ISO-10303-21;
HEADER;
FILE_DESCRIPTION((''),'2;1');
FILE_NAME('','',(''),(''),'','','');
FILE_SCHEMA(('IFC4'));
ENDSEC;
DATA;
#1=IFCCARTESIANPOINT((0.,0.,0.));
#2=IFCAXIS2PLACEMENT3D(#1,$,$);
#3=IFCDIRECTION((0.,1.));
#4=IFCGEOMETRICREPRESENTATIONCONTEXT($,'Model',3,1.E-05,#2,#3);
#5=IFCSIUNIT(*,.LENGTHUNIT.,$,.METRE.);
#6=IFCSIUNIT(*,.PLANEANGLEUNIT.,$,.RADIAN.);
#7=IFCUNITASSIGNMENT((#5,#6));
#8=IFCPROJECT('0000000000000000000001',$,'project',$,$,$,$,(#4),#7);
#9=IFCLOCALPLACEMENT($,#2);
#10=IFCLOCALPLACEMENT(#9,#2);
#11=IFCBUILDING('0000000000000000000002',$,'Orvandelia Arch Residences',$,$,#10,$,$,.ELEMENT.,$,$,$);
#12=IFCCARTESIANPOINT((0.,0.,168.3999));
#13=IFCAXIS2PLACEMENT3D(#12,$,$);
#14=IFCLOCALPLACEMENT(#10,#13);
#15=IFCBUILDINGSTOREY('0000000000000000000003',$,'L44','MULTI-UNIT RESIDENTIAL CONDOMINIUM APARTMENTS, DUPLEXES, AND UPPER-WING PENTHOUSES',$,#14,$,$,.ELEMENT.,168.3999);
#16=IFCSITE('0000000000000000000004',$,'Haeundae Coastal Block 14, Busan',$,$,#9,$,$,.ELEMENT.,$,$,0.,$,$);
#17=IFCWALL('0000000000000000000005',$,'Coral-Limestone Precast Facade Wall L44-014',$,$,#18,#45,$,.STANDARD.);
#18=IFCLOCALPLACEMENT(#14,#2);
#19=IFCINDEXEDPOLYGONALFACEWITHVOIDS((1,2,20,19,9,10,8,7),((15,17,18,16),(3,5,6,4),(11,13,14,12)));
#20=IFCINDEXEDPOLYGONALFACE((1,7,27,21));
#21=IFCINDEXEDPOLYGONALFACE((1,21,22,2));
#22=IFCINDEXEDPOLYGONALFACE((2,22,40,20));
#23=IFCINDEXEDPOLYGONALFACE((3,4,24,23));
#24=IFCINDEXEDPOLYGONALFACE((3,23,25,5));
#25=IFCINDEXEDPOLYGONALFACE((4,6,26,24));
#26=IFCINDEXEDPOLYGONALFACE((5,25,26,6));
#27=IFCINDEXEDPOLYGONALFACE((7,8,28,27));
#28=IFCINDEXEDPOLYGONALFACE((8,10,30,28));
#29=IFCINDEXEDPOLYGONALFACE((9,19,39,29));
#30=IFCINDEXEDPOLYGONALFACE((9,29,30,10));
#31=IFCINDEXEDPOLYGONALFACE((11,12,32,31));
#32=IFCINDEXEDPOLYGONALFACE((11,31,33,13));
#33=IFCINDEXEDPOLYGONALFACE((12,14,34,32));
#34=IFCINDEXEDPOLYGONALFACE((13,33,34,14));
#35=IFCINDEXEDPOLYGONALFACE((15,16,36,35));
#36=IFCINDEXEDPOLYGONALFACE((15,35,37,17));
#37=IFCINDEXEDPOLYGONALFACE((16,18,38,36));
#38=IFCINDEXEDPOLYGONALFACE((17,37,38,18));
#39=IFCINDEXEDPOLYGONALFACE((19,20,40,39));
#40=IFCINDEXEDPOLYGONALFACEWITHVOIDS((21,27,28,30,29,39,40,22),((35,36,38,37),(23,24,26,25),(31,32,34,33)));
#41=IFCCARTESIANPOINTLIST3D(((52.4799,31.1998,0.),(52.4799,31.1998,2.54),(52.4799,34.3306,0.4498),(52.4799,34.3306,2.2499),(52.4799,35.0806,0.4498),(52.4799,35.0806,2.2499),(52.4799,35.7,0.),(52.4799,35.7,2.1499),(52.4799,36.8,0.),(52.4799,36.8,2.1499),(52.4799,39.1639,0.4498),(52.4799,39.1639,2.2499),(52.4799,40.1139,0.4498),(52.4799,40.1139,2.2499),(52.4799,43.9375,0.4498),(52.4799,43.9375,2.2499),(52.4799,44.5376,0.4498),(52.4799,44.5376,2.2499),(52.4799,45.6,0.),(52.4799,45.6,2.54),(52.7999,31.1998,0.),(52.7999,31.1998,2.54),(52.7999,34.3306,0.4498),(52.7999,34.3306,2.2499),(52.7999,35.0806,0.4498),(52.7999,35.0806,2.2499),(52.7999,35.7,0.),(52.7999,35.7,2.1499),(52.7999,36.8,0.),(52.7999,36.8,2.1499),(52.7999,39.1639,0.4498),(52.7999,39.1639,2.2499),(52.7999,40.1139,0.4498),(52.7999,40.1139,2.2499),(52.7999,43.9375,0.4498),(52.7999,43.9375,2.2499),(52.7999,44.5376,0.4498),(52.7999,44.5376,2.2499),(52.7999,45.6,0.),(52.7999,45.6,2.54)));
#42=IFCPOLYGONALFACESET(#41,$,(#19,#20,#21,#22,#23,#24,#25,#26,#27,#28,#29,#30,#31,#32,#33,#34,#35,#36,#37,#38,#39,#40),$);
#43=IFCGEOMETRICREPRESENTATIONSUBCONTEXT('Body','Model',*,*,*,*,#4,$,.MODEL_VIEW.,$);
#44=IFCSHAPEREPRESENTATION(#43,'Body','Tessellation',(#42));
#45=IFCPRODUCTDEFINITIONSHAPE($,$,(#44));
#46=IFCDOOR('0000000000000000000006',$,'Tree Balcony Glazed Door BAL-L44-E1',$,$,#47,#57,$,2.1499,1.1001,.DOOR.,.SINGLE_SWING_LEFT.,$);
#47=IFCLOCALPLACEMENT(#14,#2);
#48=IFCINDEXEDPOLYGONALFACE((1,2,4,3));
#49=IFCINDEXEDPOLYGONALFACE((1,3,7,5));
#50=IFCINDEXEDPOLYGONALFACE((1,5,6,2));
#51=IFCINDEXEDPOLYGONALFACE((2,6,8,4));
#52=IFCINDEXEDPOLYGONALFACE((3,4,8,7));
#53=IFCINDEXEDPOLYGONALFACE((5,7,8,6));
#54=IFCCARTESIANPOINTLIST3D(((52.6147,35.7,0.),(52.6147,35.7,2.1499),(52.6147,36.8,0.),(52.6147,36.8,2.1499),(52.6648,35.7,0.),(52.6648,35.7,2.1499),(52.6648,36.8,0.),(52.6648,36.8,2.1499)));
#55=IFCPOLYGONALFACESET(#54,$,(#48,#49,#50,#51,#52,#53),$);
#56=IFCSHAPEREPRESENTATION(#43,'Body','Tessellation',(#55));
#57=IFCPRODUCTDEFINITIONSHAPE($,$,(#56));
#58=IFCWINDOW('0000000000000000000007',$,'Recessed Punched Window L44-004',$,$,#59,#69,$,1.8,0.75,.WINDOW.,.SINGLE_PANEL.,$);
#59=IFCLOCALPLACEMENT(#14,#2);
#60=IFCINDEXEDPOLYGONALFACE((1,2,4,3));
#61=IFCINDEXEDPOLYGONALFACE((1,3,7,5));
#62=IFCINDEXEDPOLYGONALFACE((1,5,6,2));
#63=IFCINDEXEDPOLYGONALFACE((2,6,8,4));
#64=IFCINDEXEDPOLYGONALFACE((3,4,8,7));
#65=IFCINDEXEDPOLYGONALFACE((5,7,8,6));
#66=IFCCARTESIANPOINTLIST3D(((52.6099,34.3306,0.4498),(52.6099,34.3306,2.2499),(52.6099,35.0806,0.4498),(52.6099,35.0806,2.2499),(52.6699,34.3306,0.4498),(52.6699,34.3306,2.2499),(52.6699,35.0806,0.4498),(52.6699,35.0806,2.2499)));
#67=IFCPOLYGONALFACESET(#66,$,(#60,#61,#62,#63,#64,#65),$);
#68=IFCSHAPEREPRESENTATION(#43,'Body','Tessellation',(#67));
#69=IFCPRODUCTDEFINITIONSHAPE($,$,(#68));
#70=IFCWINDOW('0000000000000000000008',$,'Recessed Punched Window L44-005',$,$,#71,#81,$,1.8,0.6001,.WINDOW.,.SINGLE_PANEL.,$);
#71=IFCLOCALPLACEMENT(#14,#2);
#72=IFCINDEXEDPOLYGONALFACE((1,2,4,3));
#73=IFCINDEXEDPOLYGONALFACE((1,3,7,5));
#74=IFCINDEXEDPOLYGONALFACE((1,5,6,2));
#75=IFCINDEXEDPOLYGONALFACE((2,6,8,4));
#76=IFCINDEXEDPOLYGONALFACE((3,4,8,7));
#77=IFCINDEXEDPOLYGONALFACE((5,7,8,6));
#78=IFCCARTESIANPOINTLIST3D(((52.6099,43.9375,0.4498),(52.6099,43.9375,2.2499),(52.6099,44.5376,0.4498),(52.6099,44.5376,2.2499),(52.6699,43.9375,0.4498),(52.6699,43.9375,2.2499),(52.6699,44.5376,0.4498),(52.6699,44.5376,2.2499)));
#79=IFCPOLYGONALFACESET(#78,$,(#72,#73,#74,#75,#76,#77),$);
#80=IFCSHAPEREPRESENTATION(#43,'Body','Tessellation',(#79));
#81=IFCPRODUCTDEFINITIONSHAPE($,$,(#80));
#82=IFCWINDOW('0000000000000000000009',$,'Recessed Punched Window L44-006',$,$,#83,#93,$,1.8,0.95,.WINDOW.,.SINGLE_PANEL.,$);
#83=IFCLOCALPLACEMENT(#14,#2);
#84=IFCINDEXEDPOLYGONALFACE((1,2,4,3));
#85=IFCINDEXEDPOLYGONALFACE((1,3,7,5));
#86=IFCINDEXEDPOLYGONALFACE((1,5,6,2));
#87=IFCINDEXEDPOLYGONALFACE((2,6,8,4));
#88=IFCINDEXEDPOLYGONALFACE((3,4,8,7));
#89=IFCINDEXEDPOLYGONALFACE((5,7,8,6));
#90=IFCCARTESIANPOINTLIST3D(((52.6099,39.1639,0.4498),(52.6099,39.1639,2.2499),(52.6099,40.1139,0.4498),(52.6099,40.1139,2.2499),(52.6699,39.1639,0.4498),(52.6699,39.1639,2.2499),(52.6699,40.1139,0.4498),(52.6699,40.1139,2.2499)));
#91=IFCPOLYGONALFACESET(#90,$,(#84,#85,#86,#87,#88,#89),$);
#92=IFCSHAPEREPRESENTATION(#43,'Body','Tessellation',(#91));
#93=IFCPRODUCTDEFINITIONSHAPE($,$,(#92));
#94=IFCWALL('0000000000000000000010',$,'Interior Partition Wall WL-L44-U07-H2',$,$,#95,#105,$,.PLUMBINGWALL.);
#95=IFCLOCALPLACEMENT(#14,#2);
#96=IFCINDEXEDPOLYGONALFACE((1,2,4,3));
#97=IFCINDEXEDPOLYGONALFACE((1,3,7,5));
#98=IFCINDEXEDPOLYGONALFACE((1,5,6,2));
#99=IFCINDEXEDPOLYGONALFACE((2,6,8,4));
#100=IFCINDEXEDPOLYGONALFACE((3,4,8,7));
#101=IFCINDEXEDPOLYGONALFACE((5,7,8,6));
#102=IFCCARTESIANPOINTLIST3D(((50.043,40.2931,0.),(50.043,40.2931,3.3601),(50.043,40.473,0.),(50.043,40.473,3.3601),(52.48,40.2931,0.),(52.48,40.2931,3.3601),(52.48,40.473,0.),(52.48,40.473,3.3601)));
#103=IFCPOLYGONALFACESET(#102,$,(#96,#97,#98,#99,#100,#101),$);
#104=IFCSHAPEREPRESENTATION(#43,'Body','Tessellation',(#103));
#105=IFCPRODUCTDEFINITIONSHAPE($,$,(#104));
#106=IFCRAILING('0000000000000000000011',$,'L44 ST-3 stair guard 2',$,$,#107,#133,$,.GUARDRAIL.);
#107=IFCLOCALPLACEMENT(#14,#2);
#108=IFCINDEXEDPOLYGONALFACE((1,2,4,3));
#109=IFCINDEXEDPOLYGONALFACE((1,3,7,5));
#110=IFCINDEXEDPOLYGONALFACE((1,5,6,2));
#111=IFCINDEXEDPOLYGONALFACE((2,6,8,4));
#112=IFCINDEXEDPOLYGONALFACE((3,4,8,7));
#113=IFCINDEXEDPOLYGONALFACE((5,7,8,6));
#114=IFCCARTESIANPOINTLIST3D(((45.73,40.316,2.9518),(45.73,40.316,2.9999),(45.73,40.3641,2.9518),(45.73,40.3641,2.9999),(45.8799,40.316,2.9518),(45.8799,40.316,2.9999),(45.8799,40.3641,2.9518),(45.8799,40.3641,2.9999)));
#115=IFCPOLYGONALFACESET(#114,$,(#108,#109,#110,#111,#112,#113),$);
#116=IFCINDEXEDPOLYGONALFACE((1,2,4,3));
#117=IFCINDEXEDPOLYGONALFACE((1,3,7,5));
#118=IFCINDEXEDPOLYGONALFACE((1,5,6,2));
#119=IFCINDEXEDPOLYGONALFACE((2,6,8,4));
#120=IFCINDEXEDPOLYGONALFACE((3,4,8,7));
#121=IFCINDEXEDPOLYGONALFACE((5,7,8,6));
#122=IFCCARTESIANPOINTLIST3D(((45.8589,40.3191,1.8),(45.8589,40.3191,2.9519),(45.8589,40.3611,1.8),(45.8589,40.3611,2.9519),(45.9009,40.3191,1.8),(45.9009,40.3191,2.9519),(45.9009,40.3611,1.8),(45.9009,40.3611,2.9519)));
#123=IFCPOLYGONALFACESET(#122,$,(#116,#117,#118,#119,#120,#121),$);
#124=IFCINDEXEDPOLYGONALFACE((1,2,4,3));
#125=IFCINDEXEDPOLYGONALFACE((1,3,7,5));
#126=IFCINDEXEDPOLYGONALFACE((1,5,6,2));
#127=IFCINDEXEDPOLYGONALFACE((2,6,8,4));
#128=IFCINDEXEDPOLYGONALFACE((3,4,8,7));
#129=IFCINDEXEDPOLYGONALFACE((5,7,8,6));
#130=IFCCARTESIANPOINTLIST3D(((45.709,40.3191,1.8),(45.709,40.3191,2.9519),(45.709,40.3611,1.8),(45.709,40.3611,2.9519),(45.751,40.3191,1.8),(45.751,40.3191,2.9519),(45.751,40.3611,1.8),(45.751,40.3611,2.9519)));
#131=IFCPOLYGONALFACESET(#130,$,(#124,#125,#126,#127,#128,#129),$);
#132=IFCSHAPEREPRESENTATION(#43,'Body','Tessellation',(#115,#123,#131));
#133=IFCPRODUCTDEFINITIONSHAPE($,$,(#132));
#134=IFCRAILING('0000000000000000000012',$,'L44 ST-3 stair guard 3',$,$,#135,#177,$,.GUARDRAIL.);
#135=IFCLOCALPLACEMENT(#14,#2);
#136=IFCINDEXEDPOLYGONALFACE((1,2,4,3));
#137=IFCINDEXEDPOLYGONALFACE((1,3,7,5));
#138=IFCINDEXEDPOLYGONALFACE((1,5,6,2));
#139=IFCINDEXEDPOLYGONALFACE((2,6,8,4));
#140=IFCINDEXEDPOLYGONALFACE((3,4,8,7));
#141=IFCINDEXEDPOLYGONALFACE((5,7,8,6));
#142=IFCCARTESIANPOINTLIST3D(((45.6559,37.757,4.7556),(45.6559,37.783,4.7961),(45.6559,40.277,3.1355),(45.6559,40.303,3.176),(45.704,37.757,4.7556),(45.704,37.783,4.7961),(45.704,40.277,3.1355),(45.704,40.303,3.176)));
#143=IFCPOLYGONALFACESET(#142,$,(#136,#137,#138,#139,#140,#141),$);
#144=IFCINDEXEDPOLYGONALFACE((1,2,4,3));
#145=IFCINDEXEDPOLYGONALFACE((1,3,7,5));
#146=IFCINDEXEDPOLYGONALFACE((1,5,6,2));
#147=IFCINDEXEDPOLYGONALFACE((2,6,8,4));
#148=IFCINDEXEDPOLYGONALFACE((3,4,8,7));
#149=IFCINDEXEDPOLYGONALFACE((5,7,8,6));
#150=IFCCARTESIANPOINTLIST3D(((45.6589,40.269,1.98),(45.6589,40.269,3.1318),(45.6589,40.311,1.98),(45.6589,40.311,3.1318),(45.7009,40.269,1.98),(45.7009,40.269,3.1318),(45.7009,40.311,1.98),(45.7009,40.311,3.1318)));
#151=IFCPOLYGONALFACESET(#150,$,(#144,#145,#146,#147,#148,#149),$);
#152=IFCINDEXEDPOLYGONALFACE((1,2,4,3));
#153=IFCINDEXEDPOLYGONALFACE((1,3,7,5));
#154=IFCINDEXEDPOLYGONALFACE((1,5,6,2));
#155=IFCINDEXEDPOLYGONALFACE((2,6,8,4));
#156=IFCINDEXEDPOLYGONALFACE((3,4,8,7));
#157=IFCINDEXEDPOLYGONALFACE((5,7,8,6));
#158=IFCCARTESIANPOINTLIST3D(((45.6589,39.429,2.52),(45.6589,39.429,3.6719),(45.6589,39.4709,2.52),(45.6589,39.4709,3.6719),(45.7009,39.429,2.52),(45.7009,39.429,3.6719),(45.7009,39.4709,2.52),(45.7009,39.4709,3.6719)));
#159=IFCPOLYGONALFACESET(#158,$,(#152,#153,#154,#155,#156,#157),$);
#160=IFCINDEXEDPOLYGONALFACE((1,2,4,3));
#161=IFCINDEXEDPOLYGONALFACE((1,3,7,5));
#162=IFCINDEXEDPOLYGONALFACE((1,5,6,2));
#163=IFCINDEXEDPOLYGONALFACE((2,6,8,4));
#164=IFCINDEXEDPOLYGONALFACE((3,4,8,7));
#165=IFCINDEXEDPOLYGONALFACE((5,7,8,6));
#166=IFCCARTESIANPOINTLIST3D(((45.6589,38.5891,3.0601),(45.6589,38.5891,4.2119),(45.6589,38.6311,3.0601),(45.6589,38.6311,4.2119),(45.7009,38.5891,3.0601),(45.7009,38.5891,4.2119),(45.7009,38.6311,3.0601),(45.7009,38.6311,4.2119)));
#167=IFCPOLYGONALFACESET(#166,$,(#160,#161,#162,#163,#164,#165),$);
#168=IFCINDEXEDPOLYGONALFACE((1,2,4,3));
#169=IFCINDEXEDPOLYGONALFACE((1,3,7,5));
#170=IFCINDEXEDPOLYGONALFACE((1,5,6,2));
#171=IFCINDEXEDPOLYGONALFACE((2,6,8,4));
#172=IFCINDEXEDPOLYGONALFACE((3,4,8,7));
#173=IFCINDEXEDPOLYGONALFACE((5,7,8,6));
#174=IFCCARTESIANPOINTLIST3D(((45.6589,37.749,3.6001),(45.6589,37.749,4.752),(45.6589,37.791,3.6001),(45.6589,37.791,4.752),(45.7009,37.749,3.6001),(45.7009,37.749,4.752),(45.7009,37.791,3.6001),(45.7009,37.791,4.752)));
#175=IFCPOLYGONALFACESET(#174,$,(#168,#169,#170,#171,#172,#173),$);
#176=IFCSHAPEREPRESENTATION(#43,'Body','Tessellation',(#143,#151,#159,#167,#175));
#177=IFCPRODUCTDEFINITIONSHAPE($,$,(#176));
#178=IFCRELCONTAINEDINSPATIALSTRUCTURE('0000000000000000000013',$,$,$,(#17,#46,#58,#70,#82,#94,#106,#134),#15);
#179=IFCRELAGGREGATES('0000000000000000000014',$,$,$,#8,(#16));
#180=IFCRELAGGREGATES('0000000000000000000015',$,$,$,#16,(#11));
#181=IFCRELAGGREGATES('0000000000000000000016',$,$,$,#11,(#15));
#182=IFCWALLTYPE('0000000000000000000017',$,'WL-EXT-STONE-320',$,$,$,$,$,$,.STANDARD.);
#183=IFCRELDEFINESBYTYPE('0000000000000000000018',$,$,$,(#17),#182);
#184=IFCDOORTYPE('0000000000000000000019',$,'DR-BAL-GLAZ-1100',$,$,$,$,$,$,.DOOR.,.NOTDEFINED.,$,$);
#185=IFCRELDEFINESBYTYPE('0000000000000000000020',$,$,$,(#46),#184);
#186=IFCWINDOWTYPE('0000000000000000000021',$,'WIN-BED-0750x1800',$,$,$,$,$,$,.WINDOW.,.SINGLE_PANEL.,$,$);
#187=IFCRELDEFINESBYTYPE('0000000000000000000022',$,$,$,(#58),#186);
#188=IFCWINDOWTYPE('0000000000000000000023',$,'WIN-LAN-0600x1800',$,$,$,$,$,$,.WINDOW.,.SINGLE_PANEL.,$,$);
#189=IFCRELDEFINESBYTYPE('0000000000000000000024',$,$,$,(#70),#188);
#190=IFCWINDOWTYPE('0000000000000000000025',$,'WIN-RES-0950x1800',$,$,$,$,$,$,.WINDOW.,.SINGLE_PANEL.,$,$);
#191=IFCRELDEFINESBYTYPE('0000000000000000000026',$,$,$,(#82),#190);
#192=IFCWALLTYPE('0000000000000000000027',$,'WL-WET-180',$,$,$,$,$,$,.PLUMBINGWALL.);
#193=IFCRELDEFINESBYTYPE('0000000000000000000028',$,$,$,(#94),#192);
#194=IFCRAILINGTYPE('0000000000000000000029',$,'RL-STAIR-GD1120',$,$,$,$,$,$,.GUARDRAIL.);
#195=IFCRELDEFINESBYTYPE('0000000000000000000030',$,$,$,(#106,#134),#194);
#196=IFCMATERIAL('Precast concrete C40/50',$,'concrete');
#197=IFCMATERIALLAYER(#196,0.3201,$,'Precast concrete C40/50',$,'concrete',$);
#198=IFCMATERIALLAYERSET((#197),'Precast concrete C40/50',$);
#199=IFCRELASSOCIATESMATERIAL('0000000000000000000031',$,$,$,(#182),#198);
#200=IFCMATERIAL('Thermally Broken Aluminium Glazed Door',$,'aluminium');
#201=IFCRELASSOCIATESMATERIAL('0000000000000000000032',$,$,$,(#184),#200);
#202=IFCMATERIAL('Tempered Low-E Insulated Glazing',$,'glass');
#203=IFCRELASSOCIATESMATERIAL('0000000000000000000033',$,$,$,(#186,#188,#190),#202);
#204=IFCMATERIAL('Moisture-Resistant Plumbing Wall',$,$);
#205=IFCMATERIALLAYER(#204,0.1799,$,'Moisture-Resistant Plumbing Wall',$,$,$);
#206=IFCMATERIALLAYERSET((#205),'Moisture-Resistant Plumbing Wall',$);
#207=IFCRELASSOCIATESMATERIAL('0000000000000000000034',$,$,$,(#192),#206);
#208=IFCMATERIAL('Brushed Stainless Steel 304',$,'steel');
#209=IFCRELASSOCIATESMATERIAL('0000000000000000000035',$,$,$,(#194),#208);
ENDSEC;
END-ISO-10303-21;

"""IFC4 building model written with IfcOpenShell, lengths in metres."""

from ifc_helpers import new_model, si_unit, direction, frame, frame_2d, origin, origin_2d, place, context, subcontext, project, spatial, rectangle, extrude, material, layer, layer_set, type_object, element, fill, save


model = new_model("IFC4")

# Units and contexts
model_context = context("Model", 3, precision=1e-05, world=origin(), true_north=direction((0.0, 1.0)))
body_context = subcontext(model_context, "Body", "Model", "MODEL_VIEW")
ifc_project = project(units=[si_unit("LENGTHUNIT", "METRE"), si_unit("PLANEANGLEUNIT", "RADIAN")], contexts=[model_context])

# Site, building, storey
site_placement = place(None, origin())
site = spatial("IfcSite", under=ifc_project, at=site_placement, Name="Haeundae Coastal Block 14, Busan", CompositionType="ELEMENT", RefElevation=0.0)
building_placement = place(site_placement, origin())
building = spatial("IfcBuilding", under=site, at=building_placement, Name="Orvandelia Arch Residences", CompositionType="ELEMENT")
storey_placement = place(building_placement, frame((0.0, 0.0, 168.3999)))
storey = spatial("IfcBuildingStorey", under=building, at=storey_placement, Name="L44", Description="MULTI-UNIT RESIDENTIAL CONDOMINIUM APARTMENTS, DUPLEXES, AND UPPER-WING PENTHOUSES", CompositionType="ELEMENT", Elevation=168.3999)

# Shared definitions
ifc_material_1 = material(Name="Precast concrete C40/50", Category="concrete")
ifc_layer_1 = layer(ifc_material_1, 0.3201, Name="Precast concrete C40/50", Category="concrete")
ifc_layer_set_1 = layer_set([ifc_layer_1], Name="Precast concrete C40/50")
wall_type_1 = type_object("IfcWallType", Name="WL-EXT-STONE-320", PredefinedType="STANDARD", material=ifc_layer_set_1)

# Wall, openings, door, windows
wall_1_placement = place(storey_placement, frame((52.6399, 45.6001, 0.0), z_axis=(0.0, 0.0, 1.0), x_axis=(0.0, -1.0, 0.0)))
wall_1 = element("IfcWall", 1, at=wall_1_placement, inside=storey, type_object=wall_type_1, Name="Coral-Limestone Precast Facade Wall L44-014", PredefinedType="STANDARD", context=body_context, shape_type="SweptSolid", body=[
    extrude(rectangle(XDim=14.4001, YDim=0.3201, at=frame_2d((7.2002, 0.0))), origin(), (0.0, 0.0, 1.0), 2.54),
])
opening_1_placement = place(wall_1_placement, frame((8.8, 0.0, 0.0)))
opening_1 = element("IfcOpeningElement", 2, at=opening_1_placement, cuts=wall_1, PredefinedType="OPENING", context=body_context, shape_type="SweptSolid", body=[
    extrude(rectangle(XDim=1.1001, YDim=2.1499, at=frame_2d((0.55, 1.075))), frame((0.0, 0.1699, 0.0), z_axis=(0.0, -1.0, 0.0), x_axis=(1.0, 0.0, 0.0)), (0.0, 0.0, 1.0), 0.3401),
])
opening_2_placement = place(wall_1_placement, frame((10.5195, 0.0, 0.45)))
opening_2 = element("IfcOpeningElement", 3, at=opening_2_placement, cuts=wall_1, PredefinedType="OPENING", context=body_context, shape_type="SweptSolid", body=[
    extrude(rectangle(XDim=0.75, YDim=1.8, at=frame_2d((0.375, 0.8999))), frame((0.0, 0.1699, 0.0), z_axis=(0.0, -1.0, 0.0), x_axis=(1.0, 0.0, 0.0)), (0.0, 0.0, 1.0), 0.3401),
])
opening_3_placement = place(wall_1_placement, frame((1.0625, 0.0, 0.45)))
opening_3 = element("IfcOpeningElement", 4, at=opening_3_placement, cuts=wall_1, PredefinedType="OPENING", context=body_context, shape_type="SweptSolid", body=[
    extrude(rectangle(XDim=0.6001, YDim=1.8, at=frame_2d((0.3, 0.8999))), frame((0.0, 0.1699, 0.0), z_axis=(0.0, -1.0, 0.0), x_axis=(1.0, 0.0, 0.0)), (0.0, 0.0, 1.0), 0.3401),
])
opening_4_placement = place(wall_1_placement, frame((5.4861, 0.0, 0.45)))
opening_4 = element("IfcOpeningElement", 5, at=opening_4_placement, cuts=wall_1, PredefinedType="OPENING", context=body_context, shape_type="SweptSolid", body=[
    extrude(rectangle(XDim=0.95, YDim=1.8, at=frame_2d((0.4751, 0.8999))), frame((0.0, 0.1699, 0.0), z_axis=(0.0, -1.0, 0.0), x_axis=(1.0, 0.0, 0.0)), (0.0, 0.0, 1.0), 0.3401),
])
ifc_material_2 = material(Name="Thermally Broken Aluminium Glazed Door", Category="aluminium")
door_type_1 = type_object("IfcDoorType", Name="DR-BAL-GLAZ-1100", OperationType="NOTDEFINED", PredefinedType="DOOR", material=ifc_material_2)
door_1_placement = place(opening_1_placement, origin())
door_1 = element("IfcDoor", 6, at=door_1_placement, inside=storey, type_object=door_type_1, Name="Tree Balcony Glazed Door BAL-L44-E1", OperationType="SINGLE_SWING_LEFT", OverallHeight=2.1499, OverallWidth=1.1001, PredefinedType="DOOR", context=body_context, shape_type="SweptSolid", body=[
    extrude(rectangle(XDim=1.1001, YDim=2.1499, at=frame_2d((0.55, 1.075))), frame((0.0, 0.0249, 0.0), z_axis=(0.0, -1.0, 0.0), x_axis=(1.0, 0.0, 0.0)), (0.0, 0.0, 1.0), 0.05),
])
fill(opening_1, door_1)
ifc_material_3 = material(Name="Tempered Low-E Insulated Glazing", Category="glass")
window_type_1 = type_object("IfcWindowType", Name="WIN-BED-0750x1800", PartitioningType="SINGLE_PANEL", PredefinedType="WINDOW", material=ifc_material_3)
window_1_placement = place(opening_2_placement, origin())
window_1 = element("IfcWindow", 7, at=window_1_placement, inside=storey, type_object=window_type_1, Name="Recessed Punched Window L44-004", OverallHeight=1.8, OverallWidth=0.75, PartitioningType="SINGLE_PANEL", PredefinedType="WINDOW", context=body_context, shape_type="SweptSolid", body=[
    extrude(rectangle(XDim=0.75, YDim=1.8, at=frame_2d((0.375, 0.8999))), frame((0.0, 0.03, 0.0), z_axis=(0.0, -1.0, 0.0), x_axis=(1.0, 0.0, 0.0)), (0.0, 0.0, 1.0), 0.0601),
])
fill(opening_2, window_1)
window_type_2 = type_object("IfcWindowType", Name="WIN-LAN-0600x1800", PartitioningType="SINGLE_PANEL", PredefinedType="WINDOW", material=ifc_material_3)
window_2_placement = place(opening_3_placement, origin())
window_2 = element("IfcWindow", 8, at=window_2_placement, inside=storey, type_object=window_type_2, Name="Recessed Punched Window L44-005", OverallHeight=1.8, OverallWidth=0.6001, PartitioningType="SINGLE_PANEL", PredefinedType="WINDOW", context=body_context, shape_type="SweptSolid", body=[
    extrude(rectangle(XDim=0.6001, YDim=1.8, at=frame_2d((0.3, 0.8999))), frame((0.0, 0.03, 0.0), z_axis=(0.0, -1.0, 0.0), x_axis=(1.0, 0.0, 0.0)), (0.0, 0.0, 1.0), 0.0601),
])
fill(opening_3, window_2)
window_type_3 = type_object("IfcWindowType", Name="WIN-RES-0950x1800", PartitioningType="SINGLE_PANEL", PredefinedType="WINDOW", material=ifc_material_3)
window_3_placement = place(opening_4_placement, origin())
window_3 = element("IfcWindow", 9, at=window_3_placement, inside=storey, type_object=window_type_3, Name="Recessed Punched Window L44-006", OverallHeight=1.8, OverallWidth=0.95, PartitioningType="SINGLE_PANEL", PredefinedType="WINDOW", context=body_context, shape_type="SweptSolid", body=[
    extrude(rectangle(XDim=0.95, YDim=1.8, at=frame_2d((0.4751, 0.8999))), frame((0.0, 0.03, 0.0), z_axis=(0.0, -1.0, 0.0), x_axis=(1.0, 0.0, 0.0)), (0.0, 0.0, 1.0), 0.0601),
])
fill(opening_4, window_3)

# Wall
ifc_material_4 = material(Name="Moisture-Resistant Plumbing Wall")
ifc_layer_2 = layer(ifc_material_4, 0.1799, Name="Moisture-Resistant Plumbing Wall")
ifc_layer_set_2 = layer_set([ifc_layer_2], Name="Moisture-Resistant Plumbing Wall")
wall_type_2 = type_object("IfcWallType", Name="WL-WET-180", PredefinedType="PLUMBINGWALL", material=ifc_layer_set_2)
wall_2_placement = place(storey_placement, frame((50.043, 40.3831, 0.0), z_axis=(0.0, 0.0, 1.0), x_axis=(1.0, 0.0, 0.0)))
element("IfcWall", 10, at=wall_2_placement, inside=storey, type_object=wall_type_2, Name="Interior Partition Wall WL-L44-U07-H2", PredefinedType="PLUMBINGWALL", context=body_context, shape_type="SweptSolid", body=[
    extrude(rectangle(XDim=2.437, YDim=0.1799, at=frame_2d((1.2185, 0.0))), origin(), (0.0, 0.0, 1.0), 3.3601),
])

# Railings
ifc_material_5 = material(Name="Brushed Stainless Steel 304", Category="steel")
railing_type = type_object("IfcRailingType", Name="RL-STAIR-GD1120", PredefinedType="GUARDRAIL", material=ifc_material_5)
railing_1_placement = place(storey_placement, frame((45.8799, 40.3401, 1.8)))
element("IfcRailing", 11, at=railing_1_placement, inside=storey, type_object=railing_type, Name="L44 ST-3 stair guard 2", PredefinedType="GUARDRAIL", context=body_context, shape_type="SweptSolid", body=[
    extrude(rectangle(XDim=0.0481, YDim=0.0481, at=origin_2d()), frame((0.0, 0.0, 1.1758), z_axis=(-1.0, 0.0, 0.0), x_axis=(0.0, -1.0, 0.0)), (0.0, 0.0, 1.0), 0.1499),
    extrude(rectangle(XDim=0.042, YDim=0.042, at=origin_2d()), origin(), (0.0, 0.0, 1.0), 1.1519),
    extrude(rectangle(XDim=0.042, YDim=0.042, at=origin_2d()), frame((-0.1499, 0.0, 0.0)), (0.0, 0.0, 1.0), 1.1519),
])
railing_2_placement = place(storey_placement, frame((45.6799, 40.29, 1.98)))
element("IfcRailing", 12, at=railing_2_placement, inside=storey, type_object=railing_type, Name="L44 ST-3 stair guard 3", PredefinedType="GUARDRAIL", context=body_context, shape_type="SweptSolid", body=[
    extrude(rectangle(XDim=0.0481, YDim=0.0481, at=origin_2d()), frame((0.0, 0.0, 1.1758), z_axis=(0.0, -0.841163, 0.540782), x_axis=(1.0, 0.0, 0.0)), (0.0, 0.0, 1.0), 2.9958),
    extrude(rectangle(XDim=0.042, YDim=0.042, at=origin_2d()), origin(), (0.0, 0.0, 1.0), 1.1519),
    extrude(rectangle(XDim=0.042, YDim=0.042, at=origin_2d()), frame((0.0, -0.8401, 0.54)), (0.0, 0.0, 1.0), 1.1519),
    extrude(rectangle(XDim=0.042, YDim=0.042, at=origin_2d()), frame((0.0, -1.6799, 1.0801)), (0.0, 0.0, 1.0), 1.1519),
    extrude(rectangle(XDim=0.042, YDim=0.042, at=origin_2d()), frame((0.0, -2.52, 1.6201)), (0.0, 0.0, 1.0), 1.1519),
])

save(model, "model.ifc")
